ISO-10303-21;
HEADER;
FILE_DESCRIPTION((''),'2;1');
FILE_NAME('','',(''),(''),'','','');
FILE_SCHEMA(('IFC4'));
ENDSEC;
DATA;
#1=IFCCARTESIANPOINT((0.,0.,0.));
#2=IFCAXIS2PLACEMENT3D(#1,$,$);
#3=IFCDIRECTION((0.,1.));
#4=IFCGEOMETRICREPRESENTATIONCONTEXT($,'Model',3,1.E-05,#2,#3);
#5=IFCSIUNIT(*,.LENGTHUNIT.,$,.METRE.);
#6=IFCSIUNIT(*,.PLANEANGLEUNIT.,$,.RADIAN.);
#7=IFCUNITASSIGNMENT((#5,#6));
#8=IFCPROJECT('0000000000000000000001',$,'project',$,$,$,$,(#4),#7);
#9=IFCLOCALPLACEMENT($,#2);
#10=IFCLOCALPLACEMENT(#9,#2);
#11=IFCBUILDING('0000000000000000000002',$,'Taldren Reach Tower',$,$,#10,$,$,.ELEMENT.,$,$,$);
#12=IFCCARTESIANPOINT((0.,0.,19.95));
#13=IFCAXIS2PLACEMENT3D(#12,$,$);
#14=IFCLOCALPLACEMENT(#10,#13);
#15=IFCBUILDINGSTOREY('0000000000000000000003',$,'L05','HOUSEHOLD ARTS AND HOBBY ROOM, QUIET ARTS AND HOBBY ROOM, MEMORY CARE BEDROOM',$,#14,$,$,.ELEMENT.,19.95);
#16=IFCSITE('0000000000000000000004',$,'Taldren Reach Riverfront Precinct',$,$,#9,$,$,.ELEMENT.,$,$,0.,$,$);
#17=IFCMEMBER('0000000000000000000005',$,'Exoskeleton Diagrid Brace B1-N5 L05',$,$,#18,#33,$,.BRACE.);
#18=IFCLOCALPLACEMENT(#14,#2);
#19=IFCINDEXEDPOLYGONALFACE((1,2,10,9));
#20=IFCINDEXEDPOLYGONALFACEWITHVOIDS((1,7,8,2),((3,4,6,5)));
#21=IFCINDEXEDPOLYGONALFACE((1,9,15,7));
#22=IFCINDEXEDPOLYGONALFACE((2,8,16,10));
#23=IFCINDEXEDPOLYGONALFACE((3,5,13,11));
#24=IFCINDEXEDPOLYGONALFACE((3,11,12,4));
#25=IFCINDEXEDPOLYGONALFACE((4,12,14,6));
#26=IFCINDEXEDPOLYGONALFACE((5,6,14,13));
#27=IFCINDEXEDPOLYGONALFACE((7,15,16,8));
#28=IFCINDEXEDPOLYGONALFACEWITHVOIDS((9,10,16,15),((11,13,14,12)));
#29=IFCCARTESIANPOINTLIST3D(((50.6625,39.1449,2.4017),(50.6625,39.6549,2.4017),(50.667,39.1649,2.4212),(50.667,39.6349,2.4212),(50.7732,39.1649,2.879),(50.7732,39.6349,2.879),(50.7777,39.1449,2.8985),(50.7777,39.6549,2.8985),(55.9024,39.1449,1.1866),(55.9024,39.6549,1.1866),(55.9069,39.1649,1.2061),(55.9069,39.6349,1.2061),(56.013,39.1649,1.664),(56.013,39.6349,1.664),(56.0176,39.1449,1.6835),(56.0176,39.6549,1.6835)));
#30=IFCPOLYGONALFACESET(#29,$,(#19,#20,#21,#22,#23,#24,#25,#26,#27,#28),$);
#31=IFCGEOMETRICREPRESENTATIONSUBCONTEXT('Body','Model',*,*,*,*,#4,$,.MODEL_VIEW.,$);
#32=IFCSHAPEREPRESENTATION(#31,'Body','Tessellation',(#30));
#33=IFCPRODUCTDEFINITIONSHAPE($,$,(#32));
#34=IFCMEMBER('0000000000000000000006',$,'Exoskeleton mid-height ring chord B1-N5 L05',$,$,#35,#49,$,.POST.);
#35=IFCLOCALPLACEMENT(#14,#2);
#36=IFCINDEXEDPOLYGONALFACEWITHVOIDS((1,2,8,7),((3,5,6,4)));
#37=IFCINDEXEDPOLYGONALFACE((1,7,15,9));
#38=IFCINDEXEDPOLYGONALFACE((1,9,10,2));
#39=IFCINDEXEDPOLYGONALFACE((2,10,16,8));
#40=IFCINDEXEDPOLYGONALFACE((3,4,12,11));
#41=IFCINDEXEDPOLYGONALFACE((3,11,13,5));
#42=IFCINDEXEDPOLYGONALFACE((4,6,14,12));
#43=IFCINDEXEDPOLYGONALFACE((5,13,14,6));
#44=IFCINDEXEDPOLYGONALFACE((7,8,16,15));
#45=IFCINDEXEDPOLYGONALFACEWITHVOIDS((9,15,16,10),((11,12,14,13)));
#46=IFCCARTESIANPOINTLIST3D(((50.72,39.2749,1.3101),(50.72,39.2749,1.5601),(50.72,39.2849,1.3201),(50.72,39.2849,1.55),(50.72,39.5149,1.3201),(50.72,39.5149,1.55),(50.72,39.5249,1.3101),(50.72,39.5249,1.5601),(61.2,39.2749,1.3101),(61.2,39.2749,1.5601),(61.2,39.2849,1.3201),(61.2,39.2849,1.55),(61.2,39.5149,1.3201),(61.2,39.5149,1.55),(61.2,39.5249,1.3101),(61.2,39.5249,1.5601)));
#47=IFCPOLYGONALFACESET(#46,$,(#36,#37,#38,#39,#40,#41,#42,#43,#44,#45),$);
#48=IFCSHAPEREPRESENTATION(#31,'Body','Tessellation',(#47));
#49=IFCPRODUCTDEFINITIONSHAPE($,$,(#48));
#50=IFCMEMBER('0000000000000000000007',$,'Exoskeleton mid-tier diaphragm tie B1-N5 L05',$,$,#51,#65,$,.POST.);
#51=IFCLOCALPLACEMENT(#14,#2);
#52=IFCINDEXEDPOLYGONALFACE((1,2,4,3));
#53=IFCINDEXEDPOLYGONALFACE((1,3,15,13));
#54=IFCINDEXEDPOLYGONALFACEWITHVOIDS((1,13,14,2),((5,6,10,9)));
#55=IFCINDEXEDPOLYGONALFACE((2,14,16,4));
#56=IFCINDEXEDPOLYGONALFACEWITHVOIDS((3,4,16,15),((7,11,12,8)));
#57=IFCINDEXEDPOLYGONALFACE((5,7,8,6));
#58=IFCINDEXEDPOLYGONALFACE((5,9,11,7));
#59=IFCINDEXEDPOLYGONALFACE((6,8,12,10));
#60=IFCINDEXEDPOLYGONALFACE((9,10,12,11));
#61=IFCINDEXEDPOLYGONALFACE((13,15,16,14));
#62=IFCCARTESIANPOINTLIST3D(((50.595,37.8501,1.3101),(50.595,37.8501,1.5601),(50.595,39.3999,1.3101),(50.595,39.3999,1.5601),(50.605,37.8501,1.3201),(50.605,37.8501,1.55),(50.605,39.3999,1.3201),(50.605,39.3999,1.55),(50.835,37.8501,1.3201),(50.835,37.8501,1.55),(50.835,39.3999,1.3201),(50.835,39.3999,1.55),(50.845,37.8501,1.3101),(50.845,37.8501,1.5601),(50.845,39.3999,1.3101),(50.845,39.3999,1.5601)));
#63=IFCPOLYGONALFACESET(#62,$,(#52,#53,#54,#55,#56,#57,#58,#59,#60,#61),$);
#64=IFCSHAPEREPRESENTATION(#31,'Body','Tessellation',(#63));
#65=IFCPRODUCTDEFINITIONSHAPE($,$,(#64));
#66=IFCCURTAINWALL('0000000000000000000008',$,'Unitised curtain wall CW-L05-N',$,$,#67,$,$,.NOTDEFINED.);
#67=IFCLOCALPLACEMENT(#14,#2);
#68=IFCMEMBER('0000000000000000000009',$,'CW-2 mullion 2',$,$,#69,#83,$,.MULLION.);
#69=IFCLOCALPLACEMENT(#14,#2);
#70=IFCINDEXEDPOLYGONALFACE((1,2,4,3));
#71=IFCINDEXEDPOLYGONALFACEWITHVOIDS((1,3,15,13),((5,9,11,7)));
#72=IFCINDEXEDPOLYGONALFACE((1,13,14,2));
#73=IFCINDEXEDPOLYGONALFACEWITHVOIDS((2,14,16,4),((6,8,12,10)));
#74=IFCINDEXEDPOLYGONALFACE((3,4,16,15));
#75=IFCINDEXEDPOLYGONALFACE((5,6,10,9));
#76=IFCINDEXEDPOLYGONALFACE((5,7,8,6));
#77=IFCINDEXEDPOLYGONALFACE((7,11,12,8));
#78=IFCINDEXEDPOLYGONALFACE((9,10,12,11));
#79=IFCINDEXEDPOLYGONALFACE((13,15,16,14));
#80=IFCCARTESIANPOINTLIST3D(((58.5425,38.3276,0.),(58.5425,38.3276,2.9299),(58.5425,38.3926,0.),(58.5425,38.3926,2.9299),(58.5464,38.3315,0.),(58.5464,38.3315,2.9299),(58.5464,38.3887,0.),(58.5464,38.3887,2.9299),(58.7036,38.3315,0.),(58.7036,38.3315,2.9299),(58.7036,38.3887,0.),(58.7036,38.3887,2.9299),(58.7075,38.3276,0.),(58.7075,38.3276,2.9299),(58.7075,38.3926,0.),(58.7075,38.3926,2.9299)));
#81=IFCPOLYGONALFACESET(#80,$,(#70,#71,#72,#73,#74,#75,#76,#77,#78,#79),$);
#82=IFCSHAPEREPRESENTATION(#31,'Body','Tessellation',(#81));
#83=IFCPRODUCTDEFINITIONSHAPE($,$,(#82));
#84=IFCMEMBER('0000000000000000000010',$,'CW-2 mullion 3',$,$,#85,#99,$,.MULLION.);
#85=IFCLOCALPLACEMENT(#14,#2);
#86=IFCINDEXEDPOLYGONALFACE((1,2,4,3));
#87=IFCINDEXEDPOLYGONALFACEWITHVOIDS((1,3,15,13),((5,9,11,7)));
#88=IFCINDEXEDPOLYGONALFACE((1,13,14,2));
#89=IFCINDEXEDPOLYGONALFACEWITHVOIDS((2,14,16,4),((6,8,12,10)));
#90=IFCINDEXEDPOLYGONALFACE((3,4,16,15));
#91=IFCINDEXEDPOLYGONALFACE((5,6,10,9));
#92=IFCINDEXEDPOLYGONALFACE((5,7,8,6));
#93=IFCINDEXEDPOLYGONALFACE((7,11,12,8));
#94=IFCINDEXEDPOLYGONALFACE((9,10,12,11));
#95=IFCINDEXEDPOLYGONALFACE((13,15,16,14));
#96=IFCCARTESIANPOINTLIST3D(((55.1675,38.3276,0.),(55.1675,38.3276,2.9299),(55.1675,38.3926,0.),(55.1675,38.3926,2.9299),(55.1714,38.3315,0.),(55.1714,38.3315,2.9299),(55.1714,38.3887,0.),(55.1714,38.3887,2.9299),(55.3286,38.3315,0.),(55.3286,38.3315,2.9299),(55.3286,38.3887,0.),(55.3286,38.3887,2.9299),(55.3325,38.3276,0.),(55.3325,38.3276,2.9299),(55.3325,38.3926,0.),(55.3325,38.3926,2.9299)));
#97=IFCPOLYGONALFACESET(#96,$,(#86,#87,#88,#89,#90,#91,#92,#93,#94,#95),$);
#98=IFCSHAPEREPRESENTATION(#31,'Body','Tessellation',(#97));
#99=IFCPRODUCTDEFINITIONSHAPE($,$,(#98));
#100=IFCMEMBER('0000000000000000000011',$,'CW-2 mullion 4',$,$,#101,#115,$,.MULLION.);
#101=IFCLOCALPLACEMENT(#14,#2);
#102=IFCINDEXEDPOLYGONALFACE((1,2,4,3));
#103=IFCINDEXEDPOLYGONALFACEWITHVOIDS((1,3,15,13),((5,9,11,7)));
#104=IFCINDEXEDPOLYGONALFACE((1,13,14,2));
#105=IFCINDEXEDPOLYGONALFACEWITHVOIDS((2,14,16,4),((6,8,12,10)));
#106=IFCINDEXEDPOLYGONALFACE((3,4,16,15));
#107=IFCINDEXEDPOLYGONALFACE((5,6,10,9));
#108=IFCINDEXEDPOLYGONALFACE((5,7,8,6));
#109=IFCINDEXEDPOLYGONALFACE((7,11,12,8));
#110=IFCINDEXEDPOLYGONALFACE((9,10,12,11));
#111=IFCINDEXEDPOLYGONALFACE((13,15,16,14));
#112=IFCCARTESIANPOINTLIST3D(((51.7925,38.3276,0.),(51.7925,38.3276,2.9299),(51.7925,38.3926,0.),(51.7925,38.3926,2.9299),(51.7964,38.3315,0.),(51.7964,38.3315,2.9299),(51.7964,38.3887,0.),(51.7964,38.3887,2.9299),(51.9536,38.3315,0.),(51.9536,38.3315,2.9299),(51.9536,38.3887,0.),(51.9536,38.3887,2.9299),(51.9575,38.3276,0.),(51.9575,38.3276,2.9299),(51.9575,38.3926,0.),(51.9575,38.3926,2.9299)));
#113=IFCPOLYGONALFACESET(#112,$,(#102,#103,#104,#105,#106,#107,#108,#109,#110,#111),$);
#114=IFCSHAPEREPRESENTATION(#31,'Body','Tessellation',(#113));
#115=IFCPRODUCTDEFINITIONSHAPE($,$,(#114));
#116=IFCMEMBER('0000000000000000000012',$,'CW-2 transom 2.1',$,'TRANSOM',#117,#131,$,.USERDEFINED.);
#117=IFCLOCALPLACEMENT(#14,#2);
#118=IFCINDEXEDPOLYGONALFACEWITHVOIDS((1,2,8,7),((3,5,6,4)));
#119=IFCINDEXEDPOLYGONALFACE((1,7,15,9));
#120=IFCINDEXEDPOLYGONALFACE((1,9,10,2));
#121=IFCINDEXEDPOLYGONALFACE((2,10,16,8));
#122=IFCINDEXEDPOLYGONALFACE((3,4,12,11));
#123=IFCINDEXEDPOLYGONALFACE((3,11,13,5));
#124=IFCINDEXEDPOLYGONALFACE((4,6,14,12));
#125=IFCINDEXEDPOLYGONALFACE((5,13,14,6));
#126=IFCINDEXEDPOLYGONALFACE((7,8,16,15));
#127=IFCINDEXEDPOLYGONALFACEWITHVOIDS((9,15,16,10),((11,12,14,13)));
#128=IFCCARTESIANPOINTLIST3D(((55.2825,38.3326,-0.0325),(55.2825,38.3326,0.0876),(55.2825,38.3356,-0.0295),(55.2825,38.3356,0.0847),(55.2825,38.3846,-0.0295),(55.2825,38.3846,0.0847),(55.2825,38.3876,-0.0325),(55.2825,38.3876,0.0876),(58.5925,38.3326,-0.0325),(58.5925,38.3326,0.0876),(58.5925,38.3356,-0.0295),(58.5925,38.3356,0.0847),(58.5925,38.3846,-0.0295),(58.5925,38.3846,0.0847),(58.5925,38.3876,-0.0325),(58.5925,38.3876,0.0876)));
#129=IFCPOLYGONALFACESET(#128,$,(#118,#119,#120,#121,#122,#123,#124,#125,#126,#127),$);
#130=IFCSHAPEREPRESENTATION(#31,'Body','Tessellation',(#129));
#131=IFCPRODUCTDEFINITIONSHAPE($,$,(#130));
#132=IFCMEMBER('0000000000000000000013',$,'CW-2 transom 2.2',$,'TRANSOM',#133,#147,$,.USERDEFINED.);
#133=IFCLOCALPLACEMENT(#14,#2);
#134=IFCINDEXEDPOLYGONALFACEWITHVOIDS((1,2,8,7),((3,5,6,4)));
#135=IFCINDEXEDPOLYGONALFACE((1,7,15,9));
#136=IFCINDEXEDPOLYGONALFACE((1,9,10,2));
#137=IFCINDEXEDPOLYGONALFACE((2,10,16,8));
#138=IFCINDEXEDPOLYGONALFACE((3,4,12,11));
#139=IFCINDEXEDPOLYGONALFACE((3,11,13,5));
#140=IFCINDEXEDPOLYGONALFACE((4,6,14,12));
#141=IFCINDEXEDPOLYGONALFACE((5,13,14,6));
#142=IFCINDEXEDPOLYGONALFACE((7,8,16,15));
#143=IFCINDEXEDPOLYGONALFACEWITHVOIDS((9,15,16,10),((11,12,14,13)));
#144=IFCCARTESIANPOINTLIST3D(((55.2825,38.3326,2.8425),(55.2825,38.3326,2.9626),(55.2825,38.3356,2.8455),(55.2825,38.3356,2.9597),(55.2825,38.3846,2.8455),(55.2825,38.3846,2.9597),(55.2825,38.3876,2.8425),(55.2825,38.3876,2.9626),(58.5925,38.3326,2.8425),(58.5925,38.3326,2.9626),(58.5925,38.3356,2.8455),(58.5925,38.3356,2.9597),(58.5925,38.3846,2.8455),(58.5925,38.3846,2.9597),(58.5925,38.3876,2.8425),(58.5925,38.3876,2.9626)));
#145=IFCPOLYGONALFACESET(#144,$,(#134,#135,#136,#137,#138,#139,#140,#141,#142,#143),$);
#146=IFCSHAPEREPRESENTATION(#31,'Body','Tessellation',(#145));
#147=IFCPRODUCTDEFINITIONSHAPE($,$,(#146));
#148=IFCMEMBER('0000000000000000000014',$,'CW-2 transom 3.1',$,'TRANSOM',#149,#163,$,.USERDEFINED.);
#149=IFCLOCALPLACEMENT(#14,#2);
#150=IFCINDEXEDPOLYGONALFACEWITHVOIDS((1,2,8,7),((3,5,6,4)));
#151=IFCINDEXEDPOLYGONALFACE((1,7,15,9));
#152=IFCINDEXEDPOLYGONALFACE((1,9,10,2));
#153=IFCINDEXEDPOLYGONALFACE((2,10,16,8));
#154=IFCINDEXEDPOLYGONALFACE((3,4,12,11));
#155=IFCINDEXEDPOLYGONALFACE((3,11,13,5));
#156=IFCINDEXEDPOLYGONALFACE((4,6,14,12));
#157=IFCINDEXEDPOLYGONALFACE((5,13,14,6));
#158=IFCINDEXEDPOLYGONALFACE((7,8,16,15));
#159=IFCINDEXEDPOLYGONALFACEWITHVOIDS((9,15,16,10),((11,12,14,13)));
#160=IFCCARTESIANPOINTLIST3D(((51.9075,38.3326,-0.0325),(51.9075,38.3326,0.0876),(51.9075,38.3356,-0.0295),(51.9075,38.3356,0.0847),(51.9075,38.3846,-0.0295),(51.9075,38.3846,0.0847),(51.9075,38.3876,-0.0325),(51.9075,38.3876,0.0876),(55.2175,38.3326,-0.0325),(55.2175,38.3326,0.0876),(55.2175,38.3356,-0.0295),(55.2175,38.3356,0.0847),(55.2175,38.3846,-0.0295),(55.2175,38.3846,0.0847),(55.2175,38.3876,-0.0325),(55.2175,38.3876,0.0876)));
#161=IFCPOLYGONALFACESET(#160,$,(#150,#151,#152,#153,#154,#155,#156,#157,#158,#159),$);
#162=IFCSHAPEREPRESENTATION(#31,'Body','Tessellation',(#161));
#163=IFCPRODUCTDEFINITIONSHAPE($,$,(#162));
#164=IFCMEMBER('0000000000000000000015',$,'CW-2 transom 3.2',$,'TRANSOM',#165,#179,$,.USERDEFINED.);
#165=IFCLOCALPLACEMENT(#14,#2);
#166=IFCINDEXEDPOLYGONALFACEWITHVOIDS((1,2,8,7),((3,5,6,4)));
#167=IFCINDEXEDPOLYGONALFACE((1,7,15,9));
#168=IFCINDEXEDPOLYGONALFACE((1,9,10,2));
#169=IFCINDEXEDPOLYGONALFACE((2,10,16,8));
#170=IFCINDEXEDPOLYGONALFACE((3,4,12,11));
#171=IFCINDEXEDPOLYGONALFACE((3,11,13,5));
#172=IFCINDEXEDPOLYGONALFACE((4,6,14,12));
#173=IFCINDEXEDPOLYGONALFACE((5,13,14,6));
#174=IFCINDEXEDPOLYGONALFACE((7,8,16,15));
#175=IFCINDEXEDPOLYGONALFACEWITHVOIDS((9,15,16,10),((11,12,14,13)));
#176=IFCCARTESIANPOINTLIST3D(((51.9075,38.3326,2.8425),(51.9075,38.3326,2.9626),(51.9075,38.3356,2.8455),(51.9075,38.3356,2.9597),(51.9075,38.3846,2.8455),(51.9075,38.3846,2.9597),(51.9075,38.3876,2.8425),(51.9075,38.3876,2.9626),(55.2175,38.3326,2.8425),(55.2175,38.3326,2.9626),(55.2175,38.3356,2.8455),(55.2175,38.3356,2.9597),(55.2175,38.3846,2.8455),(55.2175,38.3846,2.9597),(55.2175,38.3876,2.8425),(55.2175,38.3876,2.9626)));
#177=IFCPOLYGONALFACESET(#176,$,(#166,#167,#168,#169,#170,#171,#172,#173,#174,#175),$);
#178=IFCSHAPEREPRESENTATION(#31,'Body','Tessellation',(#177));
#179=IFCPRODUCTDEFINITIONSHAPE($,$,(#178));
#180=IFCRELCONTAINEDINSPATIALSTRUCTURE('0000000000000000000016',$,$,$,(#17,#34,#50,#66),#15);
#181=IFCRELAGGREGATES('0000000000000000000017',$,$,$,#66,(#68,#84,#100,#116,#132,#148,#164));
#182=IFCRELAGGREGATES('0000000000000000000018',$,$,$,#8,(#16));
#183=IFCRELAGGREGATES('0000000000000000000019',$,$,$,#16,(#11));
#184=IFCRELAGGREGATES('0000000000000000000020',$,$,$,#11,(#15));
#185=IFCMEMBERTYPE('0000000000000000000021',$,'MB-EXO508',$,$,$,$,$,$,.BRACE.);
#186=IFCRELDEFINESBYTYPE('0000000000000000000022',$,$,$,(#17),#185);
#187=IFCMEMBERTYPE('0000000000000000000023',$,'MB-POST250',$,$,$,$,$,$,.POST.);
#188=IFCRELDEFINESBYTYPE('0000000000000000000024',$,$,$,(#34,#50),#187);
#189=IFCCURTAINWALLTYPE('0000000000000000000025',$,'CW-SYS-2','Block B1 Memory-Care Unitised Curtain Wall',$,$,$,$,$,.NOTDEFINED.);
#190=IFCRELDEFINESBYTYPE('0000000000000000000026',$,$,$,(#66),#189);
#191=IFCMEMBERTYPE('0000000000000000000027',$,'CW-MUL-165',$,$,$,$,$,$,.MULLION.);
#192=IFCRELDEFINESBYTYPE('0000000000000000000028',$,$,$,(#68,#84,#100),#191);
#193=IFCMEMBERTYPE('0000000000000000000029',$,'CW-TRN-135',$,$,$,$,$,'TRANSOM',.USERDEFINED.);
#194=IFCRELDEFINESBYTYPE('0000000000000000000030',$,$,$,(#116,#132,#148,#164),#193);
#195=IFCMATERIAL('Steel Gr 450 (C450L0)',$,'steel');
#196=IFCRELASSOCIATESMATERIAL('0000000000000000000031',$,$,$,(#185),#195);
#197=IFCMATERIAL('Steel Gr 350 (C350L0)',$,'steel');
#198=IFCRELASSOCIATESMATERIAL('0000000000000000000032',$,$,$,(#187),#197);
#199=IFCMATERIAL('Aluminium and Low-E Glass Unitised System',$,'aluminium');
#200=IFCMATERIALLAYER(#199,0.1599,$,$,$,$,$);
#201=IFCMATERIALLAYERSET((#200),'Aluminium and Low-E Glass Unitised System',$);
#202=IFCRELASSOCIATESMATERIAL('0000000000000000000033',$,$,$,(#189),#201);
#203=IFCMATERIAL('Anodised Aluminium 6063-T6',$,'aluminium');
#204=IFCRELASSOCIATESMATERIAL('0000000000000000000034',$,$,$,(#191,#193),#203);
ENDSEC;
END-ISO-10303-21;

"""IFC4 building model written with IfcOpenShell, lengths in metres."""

from ifc_helpers import new_model, si_unit, direction, frame, origin, origin_2d, place, context, subcontext, project, spatial, hollow_rectangle, extrude, source, transform, mapped, material, layer, layer_set, material_profile, profile_set, type_object, element, aggregate, save


model = new_model("IFC4")

# Units and contexts
model_context = context("Model", 3, precision=1e-05, world=origin(), true_north=direction((0.0, 1.0)))
body_context = subcontext(model_context, "Body", "Model", "MODEL_VIEW")
ifc_project = project(units=[si_unit("LENGTHUNIT", "METRE"), si_unit("PLANEANGLEUNIT", "RADIAN")], contexts=[model_context])

# Site, building, storey
site_placement = place(None, origin())
site = spatial("IfcSite", under=ifc_project, at=site_placement, Name="Taldren Reach Riverfront Precinct", CompositionType="ELEMENT", RefElevation=0.0)
building_placement = place(site_placement, origin())
building = spatial("IfcBuilding", under=site, at=building_placement, Name="Taldren Reach Tower", CompositionType="ELEMENT")
storey_placement = place(building_placement, frame((0.0, 0.0, 19.95)))
storey = spatial("IfcBuildingStorey", under=building, at=storey_placement, Name="L05", Description="HOUSEHOLD ARTS AND HOBBY ROOM, QUIET ARTS AND HOBBY ROOM, MEMORY CARE BEDROOM", CompositionType="ELEMENT", Elevation=19.95)

# Members
ifc_material_1 = material(Name="Steel Gr 450 (C450L0)", Category="steel")
ifc_material_profile_1 = material_profile(ifc_material_1, hollow_rectangle(XDim=0.51, YDim=0.51, WallThickness=0.02, at=origin_2d()), Name="510x510x20.0SHS")
ifc_profile_set_1 = profile_set([ifc_material_profile_1], Name="Steel Gr 450 (C450L0)")
member_type_1 = type_object("IfcMemberType", Name="MB-EXO508", PredefinedType="BRACE", material=ifc_profile_set_1)
shared_shape_1 = source(origin(), body_context, "Body", "SweptSolid", [
    extrude(hollow_rectangle(XDim=0.51, YDim=0.51, WallThickness=0.02, at=origin_2d()), origin(), (0.0, 0.0, 1.0), 5.3789),
])
member_1_placement = place(storey_placement, frame((55.96, 39.3999, 1.4351), z_axis=(-0.974152, 0.0, 0.225894), x_axis=(0.0, -1.0, 0.0)))
element("IfcMember", 1, at=member_1_placement, inside=storey, type_object=member_type_1, Name="Exoskeleton Diagrid Brace B1-N5 L05", PredefinedType="BRACE", context=body_context, shape_type="MappedRepresentation", body=[
    mapped(shared_shape_1, transform((0.0, 0.0, 0.0), scale=1.0)),
])
ifc_material_2 = material(Name="Steel Gr 350 (C350L0)", Category="steel")
ifc_material_profile_2 = material_profile(ifc_material_2, hollow_rectangle(XDim=0.25, YDim=0.25, WallThickness=0.01, at=origin_2d()), Name="250x250x10.0SHS")
ifc_profile_set_2 = profile_set([ifc_material_profile_2], Name="Steel Gr 350 (C350L0)")
member_type_2 = type_object("IfcMemberType", Name="MB-POST250", PredefinedType="POST", material=ifc_profile_set_2)
shared_shape_2 = source(origin(), body_context, "Body", "SweptSolid", [
    extrude(hollow_rectangle(XDim=0.25, YDim=0.25, WallThickness=0.01, at=origin_2d()), origin(), (0.0, 0.0, 1.0), 10.48),
])
member_2_placement = place(storey_placement, frame((50.72, 39.3999, 1.4351), z_axis=(1.0, 0.0, 0.0), x_axis=(0.0, 1.0, 0.0)))
element("IfcMember", 2, at=member_2_placement, inside=storey, type_object=member_type_2, Name="Exoskeleton mid-height ring chord B1-N5 L05", PredefinedType="POST", context=body_context, shape_type="MappedRepresentation", body=[
    mapped(shared_shape_2, transform((0.0, 0.0, 0.0), scale=1.0)),
])
shared_shape_3 = source(origin(), body_context, "Body", "SweptSolid", [
    extrude(hollow_rectangle(XDim=0.25, YDim=0.25, WallThickness=0.01, at=origin_2d()), origin(), (0.0, 0.0, 1.0), 1.5498),
])
member_3_placement = place(storey_placement, frame((50.72, 37.8501, 1.4351), z_axis=(0.0, 1.0, 0.0), x_axis=(-1.0, 0.0, 0.0)))
element("IfcMember", 3, at=member_3_placement, inside=storey, type_object=member_type_2, Name="Exoskeleton mid-tier diaphragm tie B1-N5 L05", PredefinedType="POST", context=body_context, shape_type="MappedRepresentation", body=[
    mapped(shared_shape_3, transform((0.0, 0.0, 0.0), scale=1.0)),
])

# Curtain wall, members
ifc_material_3 = material(Name="Aluminium and Low-E Glass Unitised System", Category="aluminium")
ifc_layer_1 = layer(ifc_material_3, 0.1599)
ifc_layer_set_1 = layer_set([ifc_layer_1], Name="Aluminium and Low-E Glass Unitised System")
curtain_wall_type = type_object("IfcCurtainWallType", Name="CW-SYS-2", Description="Block B1 Memory-Care Unitised Curtain Wall", PredefinedType="NOTDEFINED", material=ifc_layer_set_1)
curtain_wall_placement = place(storey_placement, origin())
curtain_wall = element("IfcCurtainWall", 4, at=curtain_wall_placement, inside=storey, type_object=curtain_wall_type, Name="Unitised curtain wall CW-L05-N", PredefinedType="NOTDEFINED")
ifc_material_4 = material(Name="Anodised Aluminium 6063-T6", Category="aluminium")
ifc_material_profile_3 = material_profile(ifc_material_4, hollow_rectangle(XDim=0.0649, YDim=0.165, WallThickness=0.0039, at=origin_2d()), Name="ALU-165x65x4RHS")
ifc_profile_set_3 = profile_set([ifc_material_profile_3], Name="Anodised Aluminium 6063-T6")
member_type_3 = type_object("IfcMemberType", Name="CW-MUL-165", PredefinedType="MULLION", material=ifc_profile_set_3)
shared_shape_4 = source(origin(), body_context, "Body", "SweptSolid", [
    extrude(hollow_rectangle(XDim=0.0649, YDim=0.165, WallThickness=0.0039, at=origin_2d()), origin(), (0.0, 0.0, 1.0), 2.9299),
])
member_4_placement = place(storey_placement, frame((58.625, 38.3601, 0.0), z_axis=(0.0, 0.0, 1.0), x_axis=(0.0, -1.0, 0.0)))
member_4 = element("IfcMember", 5, at=member_4_placement, type_object=member_type_3, Name="CW-2 mullion 2", PredefinedType="MULLION", context=body_context, shape_type="MappedRepresentation", body=[
    mapped(shared_shape_4, transform((0.0, 0.0, 0.0), scale=1.0)),
])
member_5_placement = place(storey_placement, frame((55.25, 38.3601, 0.0), z_axis=(0.0, 0.0, 1.0), x_axis=(0.0, -1.0, 0.0)))
member_5 = element("IfcMember", 6, at=member_5_placement, type_object=member_type_3, Name="CW-2 mullion 3", PredefinedType="MULLION", context=body_context, shape_type="MappedRepresentation", body=[
    mapped(shared_shape_4, transform((0.0, 0.0, 0.0), scale=1.0)),
])
member_6_placement = place(storey_placement, frame((51.875, 38.3601, 0.0), z_axis=(0.0, 0.0, 1.0), x_axis=(0.0, -1.0, 0.0)))
member_6 = element("IfcMember", 7, at=member_6_placement, type_object=member_type_3, Name="CW-2 mullion 4", PredefinedType="MULLION", context=body_context, shape_type="MappedRepresentation", body=[
    mapped(shared_shape_4, transform((0.0, 0.0, 0.0), scale=1.0)),
])
ifc_material_profile_4 = material_profile(ifc_material_4, hollow_rectangle(XDim=0.0549, YDim=0.1201, WallThickness=0.0029, at=origin_2d()), Name="ALU-120x55x3RHS")
ifc_profile_set_4 = profile_set([ifc_material_profile_4], Name="Anodised Aluminium 6063-T6")
member_type_4 = type_object("IfcMemberType", Name="CW-TRN-135", ElementType="TRANSOM", PredefinedType="USERDEFINED", material=ifc_profile_set_4)
shared_shape_5 = source(origin(), body_context, "Body", "SweptSolid", [
    extrude(hollow_rectangle(XDim=0.0549, YDim=0.1201, WallThickness=0.0029, at=origin_2d()), origin(), (0.0, 0.0, 1.0), 3.3101),
])
member_7_placement = place(storey_placement, frame((58.5925, 38.3601, 0.0276), z_axis=(-1.0, 0.0, 0.0), x_axis=(0.0, -1.0, 0.0)))
member_7 = element("IfcMember", 8, at=member_7_placement, type_object=member_type_4, Name="CW-2 transom 2.1", ObjectType="TRANSOM", PredefinedType="USERDEFINED", context=body_context, shape_type="MappedRepresentation", body=[
    mapped(shared_shape_5, transform((0.0, 0.0, 0.0), scale=1.0)),
])
member_8_placement = place(storey_placement, frame((58.5925, 38.3601, 2.9026), z_axis=(-1.0, 0.0, 0.0), x_axis=(0.0, -1.0, 0.0)))
member_8 = element("IfcMember", 9, at=member_8_placement, type_object=member_type_4, Name="CW-2 transom 2.2", ObjectType="TRANSOM", PredefinedType="USERDEFINED", context=body_context, shape_type="MappedRepresentation", body=[
    mapped(shared_shape_5, transform((0.0, 0.0, 0.0), scale=1.0)),
])
member_9_placement = place(storey_placement, frame((55.2175, 38.3601, 0.0276), z_axis=(-1.0, 0.0, 0.0), x_axis=(0.0, -1.0, 0.0)))
member_9 = element("IfcMember", 10, at=member_9_placement, type_object=member_type_4, Name="CW-2 transom 3.1", ObjectType="TRANSOM", PredefinedType="USERDEFINED", context=body_context, shape_type="MappedRepresentation", body=[
    mapped(shared_shape_5, transform((0.0, 0.0, 0.0), scale=1.0)),
])
member_10_placement = place(storey_placement, frame((55.2175, 38.3601, 2.9026), z_axis=(-1.0, 0.0, 0.0), x_axis=(0.0, -1.0, 0.0)))
member_10 = element("IfcMember", 11, at=member_10_placement, type_object=member_type_4, Name="CW-2 transom 3.2", ObjectType="TRANSOM", PredefinedType="USERDEFINED", context=body_context, shape_type="MappedRepresentation", body=[
    mapped(shared_shape_5, transform((0.0, 0.0, 0.0), scale=1.0)),
])

aggregate(curtain_wall, [member_4, member_5, member_6, member_7, member_8, member_9, member_10])

save(model, "model.ifc")
